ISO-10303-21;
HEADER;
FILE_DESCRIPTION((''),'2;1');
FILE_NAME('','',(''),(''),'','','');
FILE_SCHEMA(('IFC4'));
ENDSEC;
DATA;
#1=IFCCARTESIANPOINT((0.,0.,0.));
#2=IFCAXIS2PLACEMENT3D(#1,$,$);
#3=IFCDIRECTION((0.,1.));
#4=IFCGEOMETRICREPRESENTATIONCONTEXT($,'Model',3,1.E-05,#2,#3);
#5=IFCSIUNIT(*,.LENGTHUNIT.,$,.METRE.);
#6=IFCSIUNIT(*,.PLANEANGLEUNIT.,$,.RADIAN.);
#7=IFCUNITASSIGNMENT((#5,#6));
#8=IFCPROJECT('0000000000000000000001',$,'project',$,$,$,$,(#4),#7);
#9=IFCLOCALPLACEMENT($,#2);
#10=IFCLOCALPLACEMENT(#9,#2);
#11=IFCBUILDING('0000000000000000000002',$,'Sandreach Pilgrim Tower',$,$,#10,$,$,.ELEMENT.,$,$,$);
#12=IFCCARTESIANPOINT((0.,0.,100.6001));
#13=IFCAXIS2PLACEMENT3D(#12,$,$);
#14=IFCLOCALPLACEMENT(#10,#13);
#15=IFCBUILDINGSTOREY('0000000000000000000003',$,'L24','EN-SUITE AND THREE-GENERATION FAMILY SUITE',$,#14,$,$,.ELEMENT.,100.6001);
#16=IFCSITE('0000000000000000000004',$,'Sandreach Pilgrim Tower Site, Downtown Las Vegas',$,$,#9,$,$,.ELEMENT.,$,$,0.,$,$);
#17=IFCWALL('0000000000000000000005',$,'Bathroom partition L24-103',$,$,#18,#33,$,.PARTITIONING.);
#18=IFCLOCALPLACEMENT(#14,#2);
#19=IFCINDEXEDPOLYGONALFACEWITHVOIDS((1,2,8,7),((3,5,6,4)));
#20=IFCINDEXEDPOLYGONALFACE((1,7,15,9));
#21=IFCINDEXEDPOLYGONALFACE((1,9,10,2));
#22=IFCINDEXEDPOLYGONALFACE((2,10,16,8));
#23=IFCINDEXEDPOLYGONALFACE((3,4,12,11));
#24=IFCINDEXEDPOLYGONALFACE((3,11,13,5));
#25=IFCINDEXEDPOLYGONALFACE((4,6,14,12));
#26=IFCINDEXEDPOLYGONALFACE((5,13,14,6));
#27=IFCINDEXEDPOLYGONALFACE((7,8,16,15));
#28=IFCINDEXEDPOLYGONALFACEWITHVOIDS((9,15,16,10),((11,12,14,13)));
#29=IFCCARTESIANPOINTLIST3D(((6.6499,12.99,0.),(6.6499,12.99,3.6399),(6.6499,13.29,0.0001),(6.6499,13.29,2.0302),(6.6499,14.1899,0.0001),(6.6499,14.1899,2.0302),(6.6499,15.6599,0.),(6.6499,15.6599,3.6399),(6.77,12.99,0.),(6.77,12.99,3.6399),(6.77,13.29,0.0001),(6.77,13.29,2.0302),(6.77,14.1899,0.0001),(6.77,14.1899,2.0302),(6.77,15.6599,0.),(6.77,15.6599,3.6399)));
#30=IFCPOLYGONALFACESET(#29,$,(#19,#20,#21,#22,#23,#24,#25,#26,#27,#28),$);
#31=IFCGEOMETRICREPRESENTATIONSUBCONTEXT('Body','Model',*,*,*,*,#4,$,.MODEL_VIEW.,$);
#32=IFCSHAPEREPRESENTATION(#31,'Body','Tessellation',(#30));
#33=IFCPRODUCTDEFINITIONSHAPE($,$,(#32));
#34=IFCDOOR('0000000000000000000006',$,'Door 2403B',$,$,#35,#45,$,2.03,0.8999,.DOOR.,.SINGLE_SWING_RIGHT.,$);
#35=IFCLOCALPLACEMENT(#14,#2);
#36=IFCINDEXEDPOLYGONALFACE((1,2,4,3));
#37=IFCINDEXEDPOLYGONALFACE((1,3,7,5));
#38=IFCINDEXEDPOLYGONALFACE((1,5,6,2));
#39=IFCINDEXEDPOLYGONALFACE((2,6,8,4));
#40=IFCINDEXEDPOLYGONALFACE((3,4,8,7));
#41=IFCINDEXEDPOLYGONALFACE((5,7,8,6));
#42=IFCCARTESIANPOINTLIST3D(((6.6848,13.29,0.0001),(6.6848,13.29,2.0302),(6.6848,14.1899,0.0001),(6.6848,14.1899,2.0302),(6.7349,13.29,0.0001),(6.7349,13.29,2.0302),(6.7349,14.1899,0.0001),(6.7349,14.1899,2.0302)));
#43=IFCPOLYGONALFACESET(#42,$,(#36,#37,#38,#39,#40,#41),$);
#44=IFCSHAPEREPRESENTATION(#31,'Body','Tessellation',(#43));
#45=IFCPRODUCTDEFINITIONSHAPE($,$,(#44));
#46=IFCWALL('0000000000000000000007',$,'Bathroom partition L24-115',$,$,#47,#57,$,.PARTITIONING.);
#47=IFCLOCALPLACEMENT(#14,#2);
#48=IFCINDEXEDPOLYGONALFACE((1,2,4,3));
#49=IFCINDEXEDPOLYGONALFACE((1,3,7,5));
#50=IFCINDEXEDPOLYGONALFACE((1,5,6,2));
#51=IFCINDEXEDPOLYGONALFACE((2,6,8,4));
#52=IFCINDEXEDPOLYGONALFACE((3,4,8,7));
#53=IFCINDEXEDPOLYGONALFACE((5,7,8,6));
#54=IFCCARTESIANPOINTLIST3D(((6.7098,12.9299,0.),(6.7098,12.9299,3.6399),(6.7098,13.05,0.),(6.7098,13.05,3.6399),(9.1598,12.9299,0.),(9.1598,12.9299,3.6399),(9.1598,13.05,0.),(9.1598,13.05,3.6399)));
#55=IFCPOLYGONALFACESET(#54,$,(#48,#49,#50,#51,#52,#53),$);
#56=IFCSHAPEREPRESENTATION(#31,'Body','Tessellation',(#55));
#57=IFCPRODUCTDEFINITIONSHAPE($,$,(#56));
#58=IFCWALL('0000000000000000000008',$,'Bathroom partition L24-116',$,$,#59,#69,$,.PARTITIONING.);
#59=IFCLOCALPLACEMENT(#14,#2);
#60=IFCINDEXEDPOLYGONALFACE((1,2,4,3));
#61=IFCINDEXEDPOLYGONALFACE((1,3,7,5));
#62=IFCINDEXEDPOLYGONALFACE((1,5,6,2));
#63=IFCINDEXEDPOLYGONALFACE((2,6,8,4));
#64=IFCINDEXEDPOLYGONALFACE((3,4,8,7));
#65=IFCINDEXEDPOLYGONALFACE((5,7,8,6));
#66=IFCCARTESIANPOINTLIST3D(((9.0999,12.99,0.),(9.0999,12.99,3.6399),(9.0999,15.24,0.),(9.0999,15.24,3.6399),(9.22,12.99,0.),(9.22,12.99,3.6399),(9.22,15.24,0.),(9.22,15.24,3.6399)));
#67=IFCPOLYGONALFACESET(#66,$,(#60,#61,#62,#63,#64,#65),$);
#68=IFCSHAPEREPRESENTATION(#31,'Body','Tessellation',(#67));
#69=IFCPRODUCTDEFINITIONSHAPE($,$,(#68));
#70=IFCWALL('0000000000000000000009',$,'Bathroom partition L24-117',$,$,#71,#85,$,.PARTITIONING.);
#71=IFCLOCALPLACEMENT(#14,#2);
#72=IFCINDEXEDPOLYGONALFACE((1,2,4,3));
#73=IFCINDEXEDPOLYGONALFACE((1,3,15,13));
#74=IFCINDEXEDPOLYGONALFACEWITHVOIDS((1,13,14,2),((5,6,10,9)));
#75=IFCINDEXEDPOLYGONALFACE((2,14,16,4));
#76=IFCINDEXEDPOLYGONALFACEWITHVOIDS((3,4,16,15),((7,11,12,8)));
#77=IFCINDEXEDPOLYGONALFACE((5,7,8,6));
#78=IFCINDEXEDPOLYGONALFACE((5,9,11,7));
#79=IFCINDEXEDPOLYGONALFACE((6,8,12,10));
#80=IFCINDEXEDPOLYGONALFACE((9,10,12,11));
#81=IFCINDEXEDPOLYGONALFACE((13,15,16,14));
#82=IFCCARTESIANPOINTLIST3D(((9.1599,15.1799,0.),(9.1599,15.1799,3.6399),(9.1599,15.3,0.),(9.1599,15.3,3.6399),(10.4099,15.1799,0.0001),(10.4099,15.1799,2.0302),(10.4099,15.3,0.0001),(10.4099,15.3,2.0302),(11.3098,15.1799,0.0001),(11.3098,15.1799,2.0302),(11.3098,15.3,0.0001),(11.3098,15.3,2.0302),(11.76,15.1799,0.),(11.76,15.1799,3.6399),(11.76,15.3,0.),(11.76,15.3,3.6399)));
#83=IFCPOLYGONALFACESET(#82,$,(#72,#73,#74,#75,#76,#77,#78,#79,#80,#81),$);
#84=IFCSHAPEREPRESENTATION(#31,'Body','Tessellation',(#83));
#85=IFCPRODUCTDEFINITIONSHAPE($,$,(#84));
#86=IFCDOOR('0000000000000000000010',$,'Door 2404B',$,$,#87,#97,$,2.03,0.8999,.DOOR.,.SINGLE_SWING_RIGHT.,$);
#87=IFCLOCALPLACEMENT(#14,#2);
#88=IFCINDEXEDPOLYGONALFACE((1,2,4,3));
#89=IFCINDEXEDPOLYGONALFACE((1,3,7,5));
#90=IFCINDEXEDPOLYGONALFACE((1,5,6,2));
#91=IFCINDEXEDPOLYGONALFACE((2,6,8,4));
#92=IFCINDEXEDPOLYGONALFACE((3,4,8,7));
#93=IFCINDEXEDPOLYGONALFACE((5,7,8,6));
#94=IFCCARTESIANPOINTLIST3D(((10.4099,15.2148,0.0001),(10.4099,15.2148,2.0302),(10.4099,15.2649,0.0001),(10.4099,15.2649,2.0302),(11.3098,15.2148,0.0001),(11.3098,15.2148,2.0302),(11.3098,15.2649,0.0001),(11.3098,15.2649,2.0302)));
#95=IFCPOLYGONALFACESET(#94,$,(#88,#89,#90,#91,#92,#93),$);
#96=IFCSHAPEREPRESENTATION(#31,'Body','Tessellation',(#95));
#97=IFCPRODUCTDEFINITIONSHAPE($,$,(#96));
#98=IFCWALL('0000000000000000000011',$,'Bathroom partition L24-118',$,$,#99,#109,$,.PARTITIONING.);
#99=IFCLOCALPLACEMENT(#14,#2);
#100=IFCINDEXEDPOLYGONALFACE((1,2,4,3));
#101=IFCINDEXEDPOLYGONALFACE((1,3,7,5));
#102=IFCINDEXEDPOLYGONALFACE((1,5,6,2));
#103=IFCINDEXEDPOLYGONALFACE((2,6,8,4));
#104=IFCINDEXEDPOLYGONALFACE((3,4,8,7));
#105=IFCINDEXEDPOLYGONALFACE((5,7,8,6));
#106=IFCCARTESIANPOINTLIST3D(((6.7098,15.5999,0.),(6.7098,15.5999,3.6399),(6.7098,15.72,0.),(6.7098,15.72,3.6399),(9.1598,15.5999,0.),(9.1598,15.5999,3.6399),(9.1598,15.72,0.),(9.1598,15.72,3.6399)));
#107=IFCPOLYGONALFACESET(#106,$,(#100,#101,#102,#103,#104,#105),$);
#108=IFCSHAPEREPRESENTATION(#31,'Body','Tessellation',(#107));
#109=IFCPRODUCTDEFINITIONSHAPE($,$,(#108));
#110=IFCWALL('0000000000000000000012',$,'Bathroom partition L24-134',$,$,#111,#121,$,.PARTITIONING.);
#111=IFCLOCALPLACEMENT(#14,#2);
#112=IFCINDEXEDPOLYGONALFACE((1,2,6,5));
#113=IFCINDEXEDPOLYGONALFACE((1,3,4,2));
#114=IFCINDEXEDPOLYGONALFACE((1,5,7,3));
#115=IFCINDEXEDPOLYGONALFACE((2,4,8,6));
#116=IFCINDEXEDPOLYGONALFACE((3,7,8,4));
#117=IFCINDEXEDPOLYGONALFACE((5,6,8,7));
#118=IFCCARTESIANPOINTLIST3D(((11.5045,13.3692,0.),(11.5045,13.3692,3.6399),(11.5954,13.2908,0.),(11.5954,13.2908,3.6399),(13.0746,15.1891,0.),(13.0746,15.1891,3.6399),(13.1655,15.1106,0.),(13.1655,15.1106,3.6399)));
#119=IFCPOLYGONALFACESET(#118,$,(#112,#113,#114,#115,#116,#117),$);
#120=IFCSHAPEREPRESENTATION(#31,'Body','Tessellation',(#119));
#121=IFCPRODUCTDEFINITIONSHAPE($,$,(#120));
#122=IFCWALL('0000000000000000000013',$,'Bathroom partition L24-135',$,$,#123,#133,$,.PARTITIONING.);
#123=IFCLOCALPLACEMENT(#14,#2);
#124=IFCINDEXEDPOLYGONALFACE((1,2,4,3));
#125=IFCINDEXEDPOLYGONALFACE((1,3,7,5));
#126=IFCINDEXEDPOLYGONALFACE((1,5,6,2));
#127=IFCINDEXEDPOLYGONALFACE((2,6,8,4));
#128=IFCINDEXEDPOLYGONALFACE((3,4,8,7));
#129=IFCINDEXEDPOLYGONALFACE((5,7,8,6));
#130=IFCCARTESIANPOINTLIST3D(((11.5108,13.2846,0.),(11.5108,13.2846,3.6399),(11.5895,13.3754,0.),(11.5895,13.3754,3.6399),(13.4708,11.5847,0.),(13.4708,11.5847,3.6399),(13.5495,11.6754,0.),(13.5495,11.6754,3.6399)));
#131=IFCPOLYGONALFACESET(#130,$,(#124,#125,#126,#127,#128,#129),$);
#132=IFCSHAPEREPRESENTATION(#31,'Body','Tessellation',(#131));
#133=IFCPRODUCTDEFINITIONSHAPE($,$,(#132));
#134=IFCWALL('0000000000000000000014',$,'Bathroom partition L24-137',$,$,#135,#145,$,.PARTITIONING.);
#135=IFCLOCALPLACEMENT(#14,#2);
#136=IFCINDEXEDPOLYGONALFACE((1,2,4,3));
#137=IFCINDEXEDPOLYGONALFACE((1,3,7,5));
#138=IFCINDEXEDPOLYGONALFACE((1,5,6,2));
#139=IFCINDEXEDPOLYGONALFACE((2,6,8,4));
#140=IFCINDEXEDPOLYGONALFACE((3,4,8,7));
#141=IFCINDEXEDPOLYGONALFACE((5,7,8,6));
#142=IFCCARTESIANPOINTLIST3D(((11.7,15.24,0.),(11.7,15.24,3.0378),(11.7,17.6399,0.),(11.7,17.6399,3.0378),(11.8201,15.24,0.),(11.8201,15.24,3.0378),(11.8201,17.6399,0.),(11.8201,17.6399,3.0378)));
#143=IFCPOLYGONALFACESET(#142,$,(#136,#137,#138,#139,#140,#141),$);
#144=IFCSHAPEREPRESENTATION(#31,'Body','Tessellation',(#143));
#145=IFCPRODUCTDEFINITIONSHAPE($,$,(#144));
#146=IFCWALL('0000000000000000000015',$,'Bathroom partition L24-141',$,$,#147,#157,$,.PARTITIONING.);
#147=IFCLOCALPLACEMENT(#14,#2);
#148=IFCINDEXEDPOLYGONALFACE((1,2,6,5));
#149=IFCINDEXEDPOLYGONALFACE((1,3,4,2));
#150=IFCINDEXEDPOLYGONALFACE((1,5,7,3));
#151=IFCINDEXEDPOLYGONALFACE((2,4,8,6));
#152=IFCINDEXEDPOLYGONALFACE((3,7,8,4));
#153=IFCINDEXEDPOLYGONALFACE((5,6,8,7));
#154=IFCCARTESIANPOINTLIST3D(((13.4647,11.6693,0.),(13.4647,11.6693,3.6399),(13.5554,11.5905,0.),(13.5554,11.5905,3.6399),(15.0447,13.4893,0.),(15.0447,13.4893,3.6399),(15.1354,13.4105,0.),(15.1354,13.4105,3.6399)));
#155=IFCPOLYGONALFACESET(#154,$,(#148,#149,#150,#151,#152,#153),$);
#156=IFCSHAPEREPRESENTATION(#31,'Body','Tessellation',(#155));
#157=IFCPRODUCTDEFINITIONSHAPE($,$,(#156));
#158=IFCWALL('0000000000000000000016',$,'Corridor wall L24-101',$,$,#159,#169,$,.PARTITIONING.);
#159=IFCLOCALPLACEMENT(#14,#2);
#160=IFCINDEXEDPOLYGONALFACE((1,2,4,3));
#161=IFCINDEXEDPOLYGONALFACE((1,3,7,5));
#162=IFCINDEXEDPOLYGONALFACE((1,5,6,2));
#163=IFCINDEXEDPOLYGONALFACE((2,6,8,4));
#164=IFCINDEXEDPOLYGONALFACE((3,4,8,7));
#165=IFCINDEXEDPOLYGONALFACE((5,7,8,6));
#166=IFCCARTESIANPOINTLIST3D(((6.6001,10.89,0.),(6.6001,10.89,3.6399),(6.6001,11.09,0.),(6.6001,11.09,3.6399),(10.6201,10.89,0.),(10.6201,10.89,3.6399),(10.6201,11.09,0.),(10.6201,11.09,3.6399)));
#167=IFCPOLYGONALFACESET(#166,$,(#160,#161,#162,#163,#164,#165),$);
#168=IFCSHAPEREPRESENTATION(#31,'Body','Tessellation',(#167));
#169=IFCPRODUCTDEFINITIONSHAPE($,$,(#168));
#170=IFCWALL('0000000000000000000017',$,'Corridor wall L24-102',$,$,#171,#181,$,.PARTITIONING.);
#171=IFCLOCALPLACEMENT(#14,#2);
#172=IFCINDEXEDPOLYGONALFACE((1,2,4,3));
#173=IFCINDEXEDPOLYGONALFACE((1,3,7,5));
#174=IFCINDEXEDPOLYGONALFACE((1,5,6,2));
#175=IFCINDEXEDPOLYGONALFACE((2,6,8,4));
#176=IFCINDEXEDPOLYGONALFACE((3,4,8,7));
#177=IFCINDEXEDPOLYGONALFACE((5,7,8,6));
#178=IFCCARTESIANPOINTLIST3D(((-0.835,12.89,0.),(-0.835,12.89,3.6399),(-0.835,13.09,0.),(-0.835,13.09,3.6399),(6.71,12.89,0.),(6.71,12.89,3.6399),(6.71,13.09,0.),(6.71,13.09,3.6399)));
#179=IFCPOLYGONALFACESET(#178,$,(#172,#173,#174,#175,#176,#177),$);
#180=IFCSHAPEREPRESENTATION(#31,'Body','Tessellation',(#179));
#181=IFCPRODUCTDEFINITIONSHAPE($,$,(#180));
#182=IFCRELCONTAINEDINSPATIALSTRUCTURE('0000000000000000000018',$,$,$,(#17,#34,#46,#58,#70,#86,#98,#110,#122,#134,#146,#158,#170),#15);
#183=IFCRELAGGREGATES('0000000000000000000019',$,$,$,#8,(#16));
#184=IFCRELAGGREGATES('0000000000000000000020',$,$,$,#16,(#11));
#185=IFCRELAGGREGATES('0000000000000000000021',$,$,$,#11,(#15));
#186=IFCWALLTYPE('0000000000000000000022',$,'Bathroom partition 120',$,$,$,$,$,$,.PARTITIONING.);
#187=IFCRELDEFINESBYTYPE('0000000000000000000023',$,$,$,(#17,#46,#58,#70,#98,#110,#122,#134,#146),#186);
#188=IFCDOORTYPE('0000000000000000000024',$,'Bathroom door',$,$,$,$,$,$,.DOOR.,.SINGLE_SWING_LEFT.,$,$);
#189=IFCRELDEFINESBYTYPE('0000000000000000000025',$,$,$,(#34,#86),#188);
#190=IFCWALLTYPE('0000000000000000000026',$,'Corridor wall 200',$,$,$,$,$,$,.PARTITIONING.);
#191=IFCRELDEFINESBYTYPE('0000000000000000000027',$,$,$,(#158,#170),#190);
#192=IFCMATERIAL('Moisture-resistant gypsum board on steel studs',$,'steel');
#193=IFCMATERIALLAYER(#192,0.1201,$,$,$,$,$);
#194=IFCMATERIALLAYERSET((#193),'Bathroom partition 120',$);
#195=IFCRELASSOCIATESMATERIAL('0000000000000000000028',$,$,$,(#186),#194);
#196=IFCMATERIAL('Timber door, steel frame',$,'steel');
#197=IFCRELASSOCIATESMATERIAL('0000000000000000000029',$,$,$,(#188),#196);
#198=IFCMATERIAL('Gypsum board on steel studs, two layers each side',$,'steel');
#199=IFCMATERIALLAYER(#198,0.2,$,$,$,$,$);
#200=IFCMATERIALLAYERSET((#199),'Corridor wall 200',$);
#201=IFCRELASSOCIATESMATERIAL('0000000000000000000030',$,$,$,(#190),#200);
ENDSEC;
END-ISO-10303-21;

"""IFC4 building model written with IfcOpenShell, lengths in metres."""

from ifc_helpers import new_model, si_unit, direction, frame, frame_2d, origin, place, context, subcontext, project, spatial, rectangle, extrude, material, layer, layer_set, type_object, element, fill, save


model = new_model("IFC4")

# Units and contexts
model_context = context("Model", 3, precision=1e-05, world=origin(), true_north=direction((0.0, 1.0)))
body_context = subcontext(model_context, "Body", "Model", "MODEL_VIEW")
ifc_project = project(units=[si_unit("LENGTHUNIT", "METRE"), si_unit("PLANEANGLEUNIT", "RADIAN")], contexts=[model_context])

# Site, building, storey
site_placement = place(None, origin())
site = spatial("IfcSite", under=ifc_project, at=site_placement, Name="Sandreach Pilgrim Tower Site, Downtown Las Vegas", CompositionType="ELEMENT", RefElevation=0.0)
building_placement = place(site_placement, origin())
building = spatial("IfcBuilding", under=site, at=building_placement, Name="Sandreach Pilgrim Tower", CompositionType="ELEMENT")
storey_placement = place(building_placement, frame((0.0, 0.0, 100.6001)))
storey = spatial("IfcBuildingStorey", under=building, at=storey_placement, Name="L24", Description="EN-SUITE AND THREE-GENERATION FAMILY SUITE", CompositionType="ELEMENT", Elevation=100.6001)

# Wall, opening, door
ifc_material_1 = material(Name="Moisture-resistant gypsum board on steel studs", Category="steel")
ifc_layer_1 = layer(ifc_material_1, 0.1201)
ifc_layer_set_1 = layer_set([ifc_layer_1], Name="Bathroom partition 120")
wall_type_1 = type_object("IfcWallType", Name="Bathroom partition 120", PredefinedType="PARTITIONING", material=ifc_layer_set_1)
wall_1_placement = place(storey_placement, frame((6.71, 15.6599, 0.0), z_axis=(0.0, 0.0, 1.0), x_axis=(0.0, -1.0, 0.0)))
wall_1 = element("IfcWall", 1, at=wall_1_placement, inside=storey, type_object=wall_type_1, Name="Bathroom partition L24-103", PredefinedType="PARTITIONING", context=body_context, shape_type="SweptSolid", body=[
    extrude(rectangle(XDim=2.6699, YDim=0.1201, at=frame_2d((1.335, 0.0))), origin(), (0.0, 0.0, 1.0), 3.6399),
])
opening_1_placement = place(wall_1_placement, frame((1.47, 0.0, 0.0)))
opening_1 = element("IfcOpeningElement", 2, at=opening_1_placement, cuts=wall_1, PredefinedType="OPENING", context=body_context, shape_type="SweptSolid", body=[
    extrude(rectangle(XDim=0.8999, YDim=2.03, at=frame_2d((0.45, 1.0151))), frame((0.0, 0.0601, 0.0), z_axis=(0.0, -1.0, 0.0), x_axis=(1.0, 0.0, 0.0)), (0.0, 0.0, 1.0), 0.1201),
])
ifc_material_2 = material(Name="Timber door, steel frame", Category="steel")
door_type_1 = type_object("IfcDoorType", Name="Bathroom door", OperationType="SINGLE_SWING_LEFT", PredefinedType="DOOR", material=ifc_material_2)
door_1_placement = place(opening_1_placement, origin())
door_1 = element("IfcDoor", 3, at=door_1_placement, inside=storey, type_object=door_type_1, Name="Door 2403B", OperationType="SINGLE_SWING_RIGHT", OverallHeight=2.03, OverallWidth=0.8999, PredefinedType="DOOR", context=body_context, shape_type="SweptSolid", body=[
    extrude(rectangle(XDim=0.8999, YDim=2.03, at=frame_2d((0.45, 1.0151))), frame((0.0, 0.0249, 0.0), z_axis=(0.0, -1.0, 0.0), x_axis=(1.0, 0.0, 0.0)), (0.0, 0.0, 1.0), 0.05),
])
fill(opening_1, door_1)

# Walls
wall_2_placement = place(storey_placement, frame((9.1599, 12.99, 0.0), z_axis=(0.0, 0.0, 1.0), x_axis=(-1.0, 0.0, 0.0)))
element("IfcWall", 4, at=wall_2_placement, inside=storey, type_object=wall_type_1, Name="Bathroom partition L24-115", PredefinedType="PARTITIONING", context=body_context, shape_type="SweptSolid", body=[
    extrude(rectangle(XDim=2.45, YDim=0.1201, at=frame_2d((1.2251, 0.0))), origin(), (0.0, 0.0, 1.0), 3.6399),
])
wall_3_placement = place(storey_placement, frame((9.1599, 15.24, 0.0), z_axis=(0.0, 0.0, 1.0), x_axis=(0.0, -1.0, 0.0)))
element("IfcWall", 5, at=wall_3_placement, inside=storey, type_object=wall_type_1, Name="Bathroom partition L24-116", PredefinedType="PARTITIONING", context=body_context, shape_type="SweptSolid", body=[
    extrude(rectangle(XDim=2.25, YDim=0.1201, at=frame_2d((1.125, 0.0))), origin(), (0.0, 0.0, 1.0), 3.6399),
])

# Wall, opening, door
wall_4_placement = place(storey_placement, frame((9.1599, 15.24, 0.0), z_axis=(0.0, 0.0, 1.0), x_axis=(1.0, 0.0, 0.0)))
wall_4 = element("IfcWall", 6, at=wall_4_placement, inside=storey, type_object=wall_type_1, Name="Bathroom partition L24-117", PredefinedType="PARTITIONING", context=body_context, shape_type="SweptSolid", body=[
    extrude(rectangle(XDim=2.6001, YDim=0.1201, at=frame_2d((1.3, 0.0))), origin(), (0.0, 0.0, 1.0), 3.6399),
])
opening_2_placement = place(wall_4_placement, frame((1.25, 0.0, 0.0)))
opening_2 = element("IfcOpeningElement", 7, at=opening_2_placement, cuts=wall_4, PredefinedType="OPENING", context=body_context, shape_type="SweptSolid", body=[
    extrude(rectangle(XDim=0.8999, YDim=2.03, at=frame_2d((0.45, 1.0151))), frame((0.0, 0.0601, 0.0), z_axis=(0.0, -1.0, 0.0), x_axis=(1.0, 0.0, 0.0)), (0.0, 0.0, 1.0), 0.1201),
])
door_2_placement = place(opening_2_placement, origin())
door_2 = element("IfcDoor", 8, at=door_2_placement, inside=storey, type_object=door_type_1, Name="Door 2404B", OperationType="SINGLE_SWING_RIGHT", OverallHeight=2.03, OverallWidth=0.8999, PredefinedType="DOOR", context=body_context, shape_type="SweptSolid", body=[
    extrude(rectangle(XDim=0.8999, YDim=2.03, at=frame_2d((0.45, 1.0151))), frame((0.0, 0.0249, 0.0), z_axis=(0.0, -1.0, 0.0), x_axis=(1.0, 0.0, 0.0)), (0.0, 0.0, 1.0), 0.05),
])
fill(opening_2, door_2)

# Walls
wall_5_placement = place(storey_placement, frame((9.1599, 15.6599, 0.0), z_axis=(0.0, 0.0, 1.0), x_axis=(-1.0, 0.0, 0.0)))
element("IfcWall", 9, at=wall_5_placement, inside=storey, type_object=wall_type_1, Name="Bathroom partition L24-118", PredefinedType="PARTITIONING", context=body_context, shape_type="SweptSolid", body=[
    extrude(rectangle(XDim=2.45, YDim=0.1201, at=frame_2d((1.2251, 0.0))), origin(), (0.0, 0.0, 1.0), 3.6399),
])
wall_6_placement = place(storey_placement, frame((11.55, 13.3301, 0.0), z_axis=(0.0, 0.0, 1.0), x_axis=(0.653239, 0.757152, 0.0)))
element("IfcWall", 10, at=wall_6_placement, inside=storey, type_object=wall_type_1, Name="Bathroom partition L24-134", PredefinedType="PARTITIONING", context=body_context, shape_type="SweptSolid", body=[
    extrude(rectangle(XDim=2.4036, YDim=0.1201, at=frame_2d((1.2017, 0.0))), origin(), (0.0, 0.0, 1.0), 3.6399),
])
wall_7_placement = place(storey_placement, frame((11.55, 13.3301, 0.0), z_axis=(0.0, 0.0, 1.0), x_axis=(0.755438, -0.655221, 0.0)))
element("IfcWall", 11, at=wall_7_placement, inside=storey, type_object=wall_type_1, Name="Bathroom partition L24-135", PredefinedType="PARTITIONING", context=body_context, shape_type="SweptSolid", body=[
    extrude(rectangle(XDim=2.5945, YDim=0.1201, at=frame_2d((1.2974, 0.0))), origin(), (0.0, 0.0, 1.0), 3.6399),
])
wall_8_placement = place(storey_placement, frame((11.76, 15.24, 0.0), z_axis=(0.0, 0.0, 1.0), x_axis=(0.0, 1.0, 0.0)))
element("IfcWall", 12, at=wall_8_placement, inside=storey, type_object=wall_type_1, Name="Bathroom partition L24-137", PredefinedType="PARTITIONING", context=body_context, shape_type="SweptSolid", body=[
    extrude(rectangle(XDim=2.3999, YDim=0.1201, at=frame_2d((1.2, 0.0))), origin(), (0.0, 0.0, 1.0), 3.0378),
])
wall_9_placement = place(storey_placement, frame((13.51, 11.6299, 0.0), z_axis=(0.0, 0.0, 1.0), x_axis=(0.655567, 0.755137, 0.0)))
element("IfcWall", 13, at=wall_9_placement, inside=storey, type_object=wall_type_1, Name="Bathroom partition L24-141", PredefinedType="PARTITIONING", context=body_context, shape_type="SweptSolid", body=[
    extrude(rectangle(XDim=2.4102, YDim=0.1201, at=frame_2d((1.2051, 0.0))), origin(), (0.0, 0.0, 1.0), 3.6399),
])
ifc_material_3 = material(Name="Gypsum board on steel studs, two layers each side", Category="steel")
ifc_layer_2 = layer(ifc_material_3, 0.2)
ifc_layer_set_2 = layer_set([ifc_layer_2], Name="Corridor wall 200")
wall_type_2 = type_object("IfcWallType", Name="Corridor wall 200", PredefinedType="PARTITIONING", material=ifc_layer_set_2)
wall_10_placement = place(storey_placement, frame((6.6001, 10.99, 0.0), z_axis=(0.0, 0.0, 1.0), x_axis=(1.0, 0.0, 0.0)))
element("IfcWall", 14, at=wall_10_placement, inside=storey, type_object=wall_type_2, Name="Corridor wall L24-101", PredefinedType="PARTITIONING", context=body_context, shape_type="SweptSolid", body=[
    extrude(rectangle(XDim=4.02, YDim=0.2, at=frame_2d((2.01, 0.0))), origin(), (0.0, 0.0, 1.0), 3.6399),
])
wall_11_placement = place(storey_placement, frame((6.71, 12.99, 0.0), z_axis=(0.0, 0.0, 1.0), x_axis=(-1.0, 0.0, 0.0)))
element("IfcWall", 15, at=wall_11_placement, inside=storey, type_object=wall_type_2, Name="Corridor wall L24-102", PredefinedType="PARTITIONING", context=body_context, shape_type="SweptSolid", body=[
    extrude(rectangle(XDim=7.5449, YDim=0.2, at=frame_2d((3.7725, 0.0))), origin(), (0.0, 0.0, 1.0), 3.6399),
])

save(model, "model.ifc")
